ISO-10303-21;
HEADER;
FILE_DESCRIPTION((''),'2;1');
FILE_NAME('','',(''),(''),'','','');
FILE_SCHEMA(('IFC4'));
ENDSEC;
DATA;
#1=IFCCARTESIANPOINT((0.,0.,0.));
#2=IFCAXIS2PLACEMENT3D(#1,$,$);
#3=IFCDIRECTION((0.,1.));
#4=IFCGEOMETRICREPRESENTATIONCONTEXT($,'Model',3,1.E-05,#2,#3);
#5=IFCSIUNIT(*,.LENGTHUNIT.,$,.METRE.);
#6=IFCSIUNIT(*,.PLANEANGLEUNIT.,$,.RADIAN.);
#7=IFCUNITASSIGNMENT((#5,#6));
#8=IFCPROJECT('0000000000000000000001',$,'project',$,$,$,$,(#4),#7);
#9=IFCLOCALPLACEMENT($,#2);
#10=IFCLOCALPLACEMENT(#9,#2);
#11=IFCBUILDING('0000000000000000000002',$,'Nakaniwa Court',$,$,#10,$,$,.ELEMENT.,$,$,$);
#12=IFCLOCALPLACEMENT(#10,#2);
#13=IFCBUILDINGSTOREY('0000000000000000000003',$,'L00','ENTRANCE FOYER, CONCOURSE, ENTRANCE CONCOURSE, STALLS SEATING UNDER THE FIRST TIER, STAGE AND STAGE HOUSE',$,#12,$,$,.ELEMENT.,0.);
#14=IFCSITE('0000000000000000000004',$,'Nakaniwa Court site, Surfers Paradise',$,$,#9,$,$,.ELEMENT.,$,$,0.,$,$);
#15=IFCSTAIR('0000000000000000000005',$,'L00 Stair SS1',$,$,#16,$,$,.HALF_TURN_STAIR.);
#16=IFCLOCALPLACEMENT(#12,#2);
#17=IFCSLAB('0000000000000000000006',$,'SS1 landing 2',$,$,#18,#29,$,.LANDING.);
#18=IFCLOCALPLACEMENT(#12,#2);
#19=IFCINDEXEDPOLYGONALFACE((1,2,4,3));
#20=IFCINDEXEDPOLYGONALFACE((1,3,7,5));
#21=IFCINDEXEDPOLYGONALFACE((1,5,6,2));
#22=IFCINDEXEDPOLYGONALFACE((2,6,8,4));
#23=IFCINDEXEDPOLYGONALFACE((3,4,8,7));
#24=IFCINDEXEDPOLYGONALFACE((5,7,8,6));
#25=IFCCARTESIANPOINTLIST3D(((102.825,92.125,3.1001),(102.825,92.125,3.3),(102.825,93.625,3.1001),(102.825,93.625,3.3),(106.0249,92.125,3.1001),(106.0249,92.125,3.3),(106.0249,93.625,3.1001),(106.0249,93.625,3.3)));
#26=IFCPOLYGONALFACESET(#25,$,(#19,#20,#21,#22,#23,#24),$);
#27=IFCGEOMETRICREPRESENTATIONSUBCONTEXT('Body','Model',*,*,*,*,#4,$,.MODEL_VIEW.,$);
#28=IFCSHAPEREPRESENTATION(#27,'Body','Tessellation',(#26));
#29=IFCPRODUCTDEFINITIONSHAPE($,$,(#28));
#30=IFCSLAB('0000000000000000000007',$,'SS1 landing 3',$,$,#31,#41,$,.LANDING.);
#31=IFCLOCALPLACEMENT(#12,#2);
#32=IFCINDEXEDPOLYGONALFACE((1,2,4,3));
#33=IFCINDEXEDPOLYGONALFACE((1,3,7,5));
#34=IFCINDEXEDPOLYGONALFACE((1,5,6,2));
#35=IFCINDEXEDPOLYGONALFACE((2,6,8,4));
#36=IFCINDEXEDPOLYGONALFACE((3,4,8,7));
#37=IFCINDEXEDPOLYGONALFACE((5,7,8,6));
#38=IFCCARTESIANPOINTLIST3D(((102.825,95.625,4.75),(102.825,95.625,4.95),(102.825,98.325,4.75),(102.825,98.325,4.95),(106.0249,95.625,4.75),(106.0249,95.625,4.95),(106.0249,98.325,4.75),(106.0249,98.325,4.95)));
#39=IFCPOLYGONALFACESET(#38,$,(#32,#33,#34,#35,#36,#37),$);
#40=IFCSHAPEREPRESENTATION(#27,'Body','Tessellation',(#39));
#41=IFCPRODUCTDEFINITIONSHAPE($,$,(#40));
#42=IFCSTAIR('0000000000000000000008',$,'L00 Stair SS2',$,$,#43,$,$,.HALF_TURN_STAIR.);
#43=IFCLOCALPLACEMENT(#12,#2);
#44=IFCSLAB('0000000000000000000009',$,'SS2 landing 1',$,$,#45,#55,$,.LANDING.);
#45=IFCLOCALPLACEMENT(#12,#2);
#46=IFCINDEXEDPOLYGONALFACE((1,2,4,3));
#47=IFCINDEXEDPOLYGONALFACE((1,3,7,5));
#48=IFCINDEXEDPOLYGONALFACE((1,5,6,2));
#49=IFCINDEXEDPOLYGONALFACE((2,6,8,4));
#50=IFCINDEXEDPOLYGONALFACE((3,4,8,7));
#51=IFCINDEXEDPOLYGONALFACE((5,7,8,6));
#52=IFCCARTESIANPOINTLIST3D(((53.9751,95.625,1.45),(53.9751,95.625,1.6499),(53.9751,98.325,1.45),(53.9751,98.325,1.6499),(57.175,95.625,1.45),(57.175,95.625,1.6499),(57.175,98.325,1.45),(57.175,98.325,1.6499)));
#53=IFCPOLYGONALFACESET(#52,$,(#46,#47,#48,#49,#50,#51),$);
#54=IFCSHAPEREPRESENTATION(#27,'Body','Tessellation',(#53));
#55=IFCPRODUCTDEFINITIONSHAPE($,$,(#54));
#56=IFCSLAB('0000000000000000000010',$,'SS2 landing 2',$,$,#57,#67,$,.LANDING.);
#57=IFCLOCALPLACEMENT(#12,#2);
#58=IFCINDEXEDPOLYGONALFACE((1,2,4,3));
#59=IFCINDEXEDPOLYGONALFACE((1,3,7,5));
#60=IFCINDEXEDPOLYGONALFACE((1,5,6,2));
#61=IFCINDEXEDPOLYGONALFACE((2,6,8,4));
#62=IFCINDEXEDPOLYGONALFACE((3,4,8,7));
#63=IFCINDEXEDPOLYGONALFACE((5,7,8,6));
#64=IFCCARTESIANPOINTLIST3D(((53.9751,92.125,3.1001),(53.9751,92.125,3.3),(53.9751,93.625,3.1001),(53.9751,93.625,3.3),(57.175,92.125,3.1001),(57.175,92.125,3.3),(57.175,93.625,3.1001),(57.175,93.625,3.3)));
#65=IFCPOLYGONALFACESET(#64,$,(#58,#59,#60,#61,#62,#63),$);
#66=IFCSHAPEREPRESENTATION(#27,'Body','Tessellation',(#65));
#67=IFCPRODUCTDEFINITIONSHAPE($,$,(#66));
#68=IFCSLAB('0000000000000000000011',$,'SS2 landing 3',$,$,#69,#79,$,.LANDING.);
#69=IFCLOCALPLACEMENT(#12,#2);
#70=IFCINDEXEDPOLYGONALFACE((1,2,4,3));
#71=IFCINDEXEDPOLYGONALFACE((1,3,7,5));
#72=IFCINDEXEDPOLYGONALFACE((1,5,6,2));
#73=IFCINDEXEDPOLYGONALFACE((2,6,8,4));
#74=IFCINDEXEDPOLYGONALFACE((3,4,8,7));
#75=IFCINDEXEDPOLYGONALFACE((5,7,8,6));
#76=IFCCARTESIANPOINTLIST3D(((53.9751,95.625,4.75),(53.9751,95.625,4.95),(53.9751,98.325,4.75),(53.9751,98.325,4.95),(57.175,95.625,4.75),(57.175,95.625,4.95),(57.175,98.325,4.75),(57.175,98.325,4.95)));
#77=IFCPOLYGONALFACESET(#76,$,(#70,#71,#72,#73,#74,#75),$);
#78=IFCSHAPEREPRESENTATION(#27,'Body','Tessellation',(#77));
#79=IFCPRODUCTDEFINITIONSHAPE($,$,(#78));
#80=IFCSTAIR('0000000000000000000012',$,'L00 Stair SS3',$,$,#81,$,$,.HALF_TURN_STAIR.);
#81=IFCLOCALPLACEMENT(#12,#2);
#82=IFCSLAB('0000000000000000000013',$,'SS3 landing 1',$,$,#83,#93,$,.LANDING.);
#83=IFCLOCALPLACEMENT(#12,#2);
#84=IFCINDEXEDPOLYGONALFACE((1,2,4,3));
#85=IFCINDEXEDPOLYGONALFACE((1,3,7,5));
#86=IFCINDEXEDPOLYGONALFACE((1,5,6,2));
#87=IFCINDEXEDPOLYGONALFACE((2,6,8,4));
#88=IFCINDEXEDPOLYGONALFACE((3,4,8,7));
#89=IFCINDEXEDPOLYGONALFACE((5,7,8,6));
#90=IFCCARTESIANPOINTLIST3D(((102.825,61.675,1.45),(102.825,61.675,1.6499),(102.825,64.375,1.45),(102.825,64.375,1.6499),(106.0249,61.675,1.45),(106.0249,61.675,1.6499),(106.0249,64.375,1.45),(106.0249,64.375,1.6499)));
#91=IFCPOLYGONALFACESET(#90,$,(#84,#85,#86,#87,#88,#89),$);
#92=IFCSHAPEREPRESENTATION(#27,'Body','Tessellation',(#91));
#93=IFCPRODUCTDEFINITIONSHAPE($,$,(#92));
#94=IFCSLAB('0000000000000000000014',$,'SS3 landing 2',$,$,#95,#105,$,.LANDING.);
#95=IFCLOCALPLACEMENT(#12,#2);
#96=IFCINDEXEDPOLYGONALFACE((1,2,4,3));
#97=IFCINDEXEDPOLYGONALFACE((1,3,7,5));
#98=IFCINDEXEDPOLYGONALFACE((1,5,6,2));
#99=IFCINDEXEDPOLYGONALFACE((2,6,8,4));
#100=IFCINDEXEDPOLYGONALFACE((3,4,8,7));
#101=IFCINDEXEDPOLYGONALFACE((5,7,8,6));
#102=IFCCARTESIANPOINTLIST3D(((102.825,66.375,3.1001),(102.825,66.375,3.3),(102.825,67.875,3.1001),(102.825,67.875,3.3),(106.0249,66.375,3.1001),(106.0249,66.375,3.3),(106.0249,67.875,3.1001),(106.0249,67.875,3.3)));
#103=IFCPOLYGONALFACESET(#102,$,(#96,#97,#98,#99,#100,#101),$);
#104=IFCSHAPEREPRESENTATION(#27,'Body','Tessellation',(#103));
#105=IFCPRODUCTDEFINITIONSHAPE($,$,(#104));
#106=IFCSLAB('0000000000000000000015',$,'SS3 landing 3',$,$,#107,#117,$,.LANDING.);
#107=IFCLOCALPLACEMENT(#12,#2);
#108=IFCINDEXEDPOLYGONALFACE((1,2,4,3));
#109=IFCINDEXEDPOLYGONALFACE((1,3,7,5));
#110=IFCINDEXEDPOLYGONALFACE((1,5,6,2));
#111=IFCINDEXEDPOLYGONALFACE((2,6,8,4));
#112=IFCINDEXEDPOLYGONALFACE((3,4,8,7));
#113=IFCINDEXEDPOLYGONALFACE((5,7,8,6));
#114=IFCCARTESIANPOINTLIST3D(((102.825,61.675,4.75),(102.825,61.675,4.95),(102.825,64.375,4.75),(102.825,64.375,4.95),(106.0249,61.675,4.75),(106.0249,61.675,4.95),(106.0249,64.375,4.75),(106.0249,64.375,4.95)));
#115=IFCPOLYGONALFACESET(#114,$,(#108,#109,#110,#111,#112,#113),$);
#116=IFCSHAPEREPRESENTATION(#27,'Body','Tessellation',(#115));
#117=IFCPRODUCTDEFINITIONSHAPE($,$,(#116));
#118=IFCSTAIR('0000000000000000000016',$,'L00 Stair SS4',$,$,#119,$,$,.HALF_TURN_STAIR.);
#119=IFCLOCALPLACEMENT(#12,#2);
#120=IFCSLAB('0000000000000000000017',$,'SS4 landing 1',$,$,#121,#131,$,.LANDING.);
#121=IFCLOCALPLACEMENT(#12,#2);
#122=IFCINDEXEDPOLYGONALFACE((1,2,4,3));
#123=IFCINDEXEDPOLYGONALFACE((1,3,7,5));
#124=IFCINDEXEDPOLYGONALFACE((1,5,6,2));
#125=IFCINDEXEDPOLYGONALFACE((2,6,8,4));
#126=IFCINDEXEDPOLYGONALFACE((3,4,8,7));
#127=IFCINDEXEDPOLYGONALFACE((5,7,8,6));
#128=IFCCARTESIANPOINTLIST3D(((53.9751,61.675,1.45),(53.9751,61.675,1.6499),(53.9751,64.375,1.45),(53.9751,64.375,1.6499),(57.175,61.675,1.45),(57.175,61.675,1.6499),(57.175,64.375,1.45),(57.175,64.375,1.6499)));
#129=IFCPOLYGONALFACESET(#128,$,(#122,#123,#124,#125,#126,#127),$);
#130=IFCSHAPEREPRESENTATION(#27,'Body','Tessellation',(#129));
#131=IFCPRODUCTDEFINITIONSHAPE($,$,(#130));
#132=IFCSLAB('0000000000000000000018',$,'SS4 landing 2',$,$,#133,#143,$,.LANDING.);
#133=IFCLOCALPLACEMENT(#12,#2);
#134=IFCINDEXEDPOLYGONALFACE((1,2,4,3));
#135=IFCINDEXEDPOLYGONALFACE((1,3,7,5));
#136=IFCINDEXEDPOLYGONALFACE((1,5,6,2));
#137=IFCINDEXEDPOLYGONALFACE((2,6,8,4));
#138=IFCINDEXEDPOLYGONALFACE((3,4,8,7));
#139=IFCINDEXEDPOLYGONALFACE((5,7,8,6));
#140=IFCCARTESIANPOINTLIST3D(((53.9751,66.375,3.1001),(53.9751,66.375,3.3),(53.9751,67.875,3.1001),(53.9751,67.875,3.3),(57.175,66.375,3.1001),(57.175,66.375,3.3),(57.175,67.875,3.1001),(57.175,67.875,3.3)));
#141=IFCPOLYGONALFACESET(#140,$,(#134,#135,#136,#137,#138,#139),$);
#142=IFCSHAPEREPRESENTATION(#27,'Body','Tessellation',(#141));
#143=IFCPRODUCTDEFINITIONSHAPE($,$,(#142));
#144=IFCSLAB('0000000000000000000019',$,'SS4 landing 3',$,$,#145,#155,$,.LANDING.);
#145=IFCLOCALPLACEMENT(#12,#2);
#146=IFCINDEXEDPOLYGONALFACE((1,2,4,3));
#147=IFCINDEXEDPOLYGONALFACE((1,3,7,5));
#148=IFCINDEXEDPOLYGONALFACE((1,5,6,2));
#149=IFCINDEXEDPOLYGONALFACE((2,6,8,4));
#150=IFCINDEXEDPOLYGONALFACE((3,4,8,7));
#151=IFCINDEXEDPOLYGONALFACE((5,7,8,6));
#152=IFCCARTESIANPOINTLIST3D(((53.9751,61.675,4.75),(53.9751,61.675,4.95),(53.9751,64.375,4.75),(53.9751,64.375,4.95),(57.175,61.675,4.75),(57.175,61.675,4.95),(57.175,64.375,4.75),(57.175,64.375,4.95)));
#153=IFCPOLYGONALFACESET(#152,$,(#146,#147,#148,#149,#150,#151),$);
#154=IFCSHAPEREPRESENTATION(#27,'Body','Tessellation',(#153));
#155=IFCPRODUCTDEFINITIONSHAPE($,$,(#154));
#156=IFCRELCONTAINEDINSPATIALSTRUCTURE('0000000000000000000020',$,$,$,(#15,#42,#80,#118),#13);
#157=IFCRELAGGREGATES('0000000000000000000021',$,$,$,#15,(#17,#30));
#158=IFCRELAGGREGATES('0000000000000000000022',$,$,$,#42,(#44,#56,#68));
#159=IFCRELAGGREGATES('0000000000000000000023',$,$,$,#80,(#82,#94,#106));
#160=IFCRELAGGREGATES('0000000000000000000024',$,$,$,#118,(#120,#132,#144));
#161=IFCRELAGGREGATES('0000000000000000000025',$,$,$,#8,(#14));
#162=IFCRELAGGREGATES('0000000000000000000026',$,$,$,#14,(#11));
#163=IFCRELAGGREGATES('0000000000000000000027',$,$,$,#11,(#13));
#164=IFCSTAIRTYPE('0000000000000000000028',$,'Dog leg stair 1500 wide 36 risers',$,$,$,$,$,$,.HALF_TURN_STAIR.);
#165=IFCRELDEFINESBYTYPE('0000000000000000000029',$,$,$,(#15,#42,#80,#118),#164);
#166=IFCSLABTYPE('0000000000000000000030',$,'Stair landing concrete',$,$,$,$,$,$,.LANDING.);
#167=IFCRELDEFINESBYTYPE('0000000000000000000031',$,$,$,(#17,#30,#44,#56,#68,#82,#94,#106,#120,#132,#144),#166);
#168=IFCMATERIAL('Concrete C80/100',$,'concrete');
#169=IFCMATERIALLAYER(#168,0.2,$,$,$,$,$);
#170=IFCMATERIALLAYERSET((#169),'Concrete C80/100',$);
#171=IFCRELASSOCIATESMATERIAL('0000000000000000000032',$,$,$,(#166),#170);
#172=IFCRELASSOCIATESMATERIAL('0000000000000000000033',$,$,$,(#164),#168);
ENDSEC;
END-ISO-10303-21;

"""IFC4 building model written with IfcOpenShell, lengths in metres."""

from ifc_helpers import new_model, si_unit, direction, frame, origin, place, context, subcontext, project, spatial, polyline, outline, extrude, material, layer, layer_set, type_object, element, aggregate, save


model = new_model("IFC4")

# Units and contexts
model_context = context("Model", 3, precision=1e-05, world=origin(), true_north=direction((0.0, 1.0)))
body_context = subcontext(model_context, "Body", "Model", "MODEL_VIEW")
ifc_project = project(units=[si_unit("LENGTHUNIT", "METRE"), si_unit("PLANEANGLEUNIT", "RADIAN")], contexts=[model_context])

# Site, building, storey
site_placement = place(None, origin())
site = spatial("IfcSite", under=ifc_project, at=site_placement, Name="Nakaniwa Court site, Surfers Paradise", CompositionType="ELEMENT", RefElevation=0.0)
building_placement = place(site_placement, origin())
building = spatial("IfcBuilding", under=site, at=building_placement, Name="Nakaniwa Court", CompositionType="ELEMENT")
storey_placement = place(building_placement, origin())
storey = spatial("IfcBuildingStorey", under=building, at=storey_placement, Name="L00", Description="ENTRANCE FOYER, CONCOURSE, ENTRANCE CONCOURSE, STALLS SEATING UNDER THE FIRST TIER, STAGE AND STAGE HOUSE", CompositionType="ELEMENT", Elevation=0.0)

# Stairs, slabs
ifc_material_1 = material(Name="Concrete C80/100", Category="concrete")
ifc_layer_1 = layer(ifc_material_1, 0.2)
ifc_layer_set_1 = layer_set([ifc_layer_1], Name="Concrete C80/100")
slab_type_1 = type_object("IfcSlabType", Name="Stair landing concrete", PredefinedType="LANDING", material=ifc_layer_set_1)
stair_type_1 = type_object("IfcStairType", Name="Dog leg stair 1500 wide 36 risers", PredefinedType="HALF_TURN_STAIR", material=ifc_material_1)
stair_1_placement = place(storey_placement, origin())
stair_1 = element("IfcStair", 1, at=stair_1_placement, inside=storey, type_object=stair_type_1, Name="L00 Stair SS1", PredefinedType="HALF_TURN_STAIR")
slab_1_placement = place(storey_placement, frame((0.0, 0.0, 3.1001)))
slab_1 = element("IfcSlab", 2, at=slab_1_placement, type_object=slab_type_1, Name="SS1 landing 2", PredefinedType="LANDING", context=body_context, shape_type="SweptSolid", body=[
    extrude(outline(polyline([(106.0249, 92.125), (106.0249, 93.625), (102.825, 93.625), (102.825, 92.125), (106.0249, 92.125)])), origin(), (0.0, 0.0, 1.0), 0.2),
])
slab_2_placement = place(storey_placement, frame((0.0, 0.0, 4.75)))
slab_2 = element("IfcSlab", 3, at=slab_2_placement, type_object=slab_type_1, Name="SS1 landing 3", PredefinedType="LANDING", context=body_context, shape_type="SweptSolid", body=[
    extrude(outline(polyline([(106.0249, 95.625), (106.0249, 98.325), (102.825, 98.325), (102.825, 95.625), (106.0249, 95.625)])), origin(), (0.0, 0.0, 1.0), 0.2),
])
aggregate(stair_1, [slab_1, slab_2])
stair_2_placement = place(storey_placement, origin())
stair_2 = element("IfcStair", 4, at=stair_2_placement, inside=storey, type_object=stair_type_1, Name="L00 Stair SS2", PredefinedType="HALF_TURN_STAIR")
slab_3_placement = place(storey_placement, frame((0.0, 0.0, 1.45)))
slab_3 = element("IfcSlab", 5, at=slab_3_placement, type_object=slab_type_1, Name="SS2 landing 1", PredefinedType="LANDING", context=body_context, shape_type="SweptSolid", body=[
    extrude(outline(polyline([(57.175, 95.625), (57.175, 98.325), (53.9751, 98.325), (53.9751, 95.625), (57.175, 95.625)])), origin(), (0.0, 0.0, 1.0), 0.2),
])
slab_4_placement = place(storey_placement, frame((0.0, 0.0, 3.1001)))
slab_4 = element("IfcSlab", 6, at=slab_4_placement, type_object=slab_type_1, Name="SS2 landing 2", PredefinedType="LANDING", context=body_context, shape_type="SweptSolid", body=[
    extrude(outline(polyline([(57.175, 92.125), (57.175, 93.625), (53.9751, 93.625), (53.9751, 92.125), (57.175, 92.125)])), origin(), (0.0, 0.0, 1.0), 0.2),
])
slab_5_placement = place(storey_placement, frame((0.0, 0.0, 4.75)))
slab_5 = element("IfcSlab", 7, at=slab_5_placement, type_object=slab_type_1, Name="SS2 landing 3", PredefinedType="LANDING", context=body_context, shape_type="SweptSolid", body=[
    extrude(outline(polyline([(57.175, 95.625), (57.175, 98.325), (53.9751, 98.325), (53.9751, 95.625), (57.175, 95.625)])), origin(), (0.0, 0.0, 1.0), 0.2),
])
aggregate(stair_2, [slab_3, slab_4, slab_5])
stair_3_placement = place(storey_placement, origin())
stair_3 = element("IfcStair", 8, at=stair_3_placement, inside=storey, type_object=stair_type_1, Name="L00 Stair SS3", PredefinedType="HALF_TURN_STAIR")
slab_6_placement = place(storey_placement, frame((0.0, 0.0, 1.45)))
slab_6 = element("IfcSlab", 9, at=slab_6_placement, type_object=slab_type_1, Name="SS3 landing 1", PredefinedType="LANDING", context=body_context, shape_type="SweptSolid", body=[
    extrude(outline(polyline([(106.0249, 61.675), (106.0249, 64.375), (102.825, 64.375), (102.825, 61.675), (106.0249, 61.675)])), origin(), (0.0, 0.0, 1.0), 0.2),
])
slab_7_placement = place(storey_placement, frame((0.0, 0.0, 3.1001)))
slab_7 = element("IfcSlab", 10, at=slab_7_placement, type_object=slab_type_1, Name="SS3 landing 2", PredefinedType="LANDING", context=body_context, shape_type="SweptSolid", body=[
    extrude(outline(polyline([(106.0249, 66.375), (106.0249, 67.875), (102.825, 67.875), (102.825, 66.375), (106.0249, 66.375)])), origin(), (0.0, 0.0, 1.0), 0.2),
])
slab_8_placement = place(storey_placement, frame((0.0, 0.0, 4.75)))
slab_8 = element("IfcSlab", 11, at=slab_8_placement, type_object=slab_type_1, Name="SS3 landing 3", PredefinedType="LANDING", context=body_context, shape_type="SweptSolid", body=[
    extrude(outline(polyline([(106.0249, 61.675), (106.0249, 64.375), (102.825, 64.375), (102.825, 61.675), (106.0249, 61.675)])), origin(), (0.0, 0.0, 1.0), 0.2),
])
aggregate(stair_3, [slab_6, slab_7, slab_8])
stair_4_placement = place(storey_placement, origin())
stair_4 = element("IfcStair", 12, at=stair_4_placement, inside=storey, type_object=stair_type_1, Name="L00 Stair SS4", PredefinedType="HALF_TURN_STAIR")
slab_9_placement = place(storey_placement, frame((0.0, 0.0, 1.45)))
slab_9 = element("IfcSlab", 13, at=slab_9_placement, type_object=slab_type_1, Name="SS4 landing 1", PredefinedType="LANDING", context=body_context, shape_type="SweptSolid", body=[
    extrude(outline(polyline([(57.175, 61.675), (57.175, 64.375), (53.9751, 64.375), (53.9751, 61.675), (57.175, 61.675)])), origin(), (0.0, 0.0, 1.0), 0.2),
])
slab_10_placement = place(storey_placement, frame((0.0, 0.0, 3.1001)))
slab_10 = element("IfcSlab", 14, at=slab_10_placement, type_object=slab_type_1, Name="SS4 landing 2", PredefinedType="LANDING", context=body_context, shape_type="SweptSolid", body=[
    extrude(outline(polyline([(57.175, 66.375), (57.175, 67.875), (53.9751, 67.875), (53.9751, 66.375), (57.175, 66.375)])), origin(), (0.0, 0.0, 1.0), 0.2),
])
slab_11_placement = place(storey_placement, frame((0.0, 0.0, 4.75)))
slab_11 = element("IfcSlab", 15, at=slab_11_placement, type_object=slab_type_1, Name="SS4 landing 3", PredefinedType="LANDING", context=body_context, shape_type="SweptSolid", body=[
    extrude(outline(polyline([(57.175, 61.675), (57.175, 64.375), (53.9751, 64.375), (53.9751, 61.675), (57.175, 61.675)])), origin(), (0.0, 0.0, 1.0), 0.2),
])
aggregate(stair_4, [slab_9, slab_10, slab_11])

save(model, "model.ifc")
